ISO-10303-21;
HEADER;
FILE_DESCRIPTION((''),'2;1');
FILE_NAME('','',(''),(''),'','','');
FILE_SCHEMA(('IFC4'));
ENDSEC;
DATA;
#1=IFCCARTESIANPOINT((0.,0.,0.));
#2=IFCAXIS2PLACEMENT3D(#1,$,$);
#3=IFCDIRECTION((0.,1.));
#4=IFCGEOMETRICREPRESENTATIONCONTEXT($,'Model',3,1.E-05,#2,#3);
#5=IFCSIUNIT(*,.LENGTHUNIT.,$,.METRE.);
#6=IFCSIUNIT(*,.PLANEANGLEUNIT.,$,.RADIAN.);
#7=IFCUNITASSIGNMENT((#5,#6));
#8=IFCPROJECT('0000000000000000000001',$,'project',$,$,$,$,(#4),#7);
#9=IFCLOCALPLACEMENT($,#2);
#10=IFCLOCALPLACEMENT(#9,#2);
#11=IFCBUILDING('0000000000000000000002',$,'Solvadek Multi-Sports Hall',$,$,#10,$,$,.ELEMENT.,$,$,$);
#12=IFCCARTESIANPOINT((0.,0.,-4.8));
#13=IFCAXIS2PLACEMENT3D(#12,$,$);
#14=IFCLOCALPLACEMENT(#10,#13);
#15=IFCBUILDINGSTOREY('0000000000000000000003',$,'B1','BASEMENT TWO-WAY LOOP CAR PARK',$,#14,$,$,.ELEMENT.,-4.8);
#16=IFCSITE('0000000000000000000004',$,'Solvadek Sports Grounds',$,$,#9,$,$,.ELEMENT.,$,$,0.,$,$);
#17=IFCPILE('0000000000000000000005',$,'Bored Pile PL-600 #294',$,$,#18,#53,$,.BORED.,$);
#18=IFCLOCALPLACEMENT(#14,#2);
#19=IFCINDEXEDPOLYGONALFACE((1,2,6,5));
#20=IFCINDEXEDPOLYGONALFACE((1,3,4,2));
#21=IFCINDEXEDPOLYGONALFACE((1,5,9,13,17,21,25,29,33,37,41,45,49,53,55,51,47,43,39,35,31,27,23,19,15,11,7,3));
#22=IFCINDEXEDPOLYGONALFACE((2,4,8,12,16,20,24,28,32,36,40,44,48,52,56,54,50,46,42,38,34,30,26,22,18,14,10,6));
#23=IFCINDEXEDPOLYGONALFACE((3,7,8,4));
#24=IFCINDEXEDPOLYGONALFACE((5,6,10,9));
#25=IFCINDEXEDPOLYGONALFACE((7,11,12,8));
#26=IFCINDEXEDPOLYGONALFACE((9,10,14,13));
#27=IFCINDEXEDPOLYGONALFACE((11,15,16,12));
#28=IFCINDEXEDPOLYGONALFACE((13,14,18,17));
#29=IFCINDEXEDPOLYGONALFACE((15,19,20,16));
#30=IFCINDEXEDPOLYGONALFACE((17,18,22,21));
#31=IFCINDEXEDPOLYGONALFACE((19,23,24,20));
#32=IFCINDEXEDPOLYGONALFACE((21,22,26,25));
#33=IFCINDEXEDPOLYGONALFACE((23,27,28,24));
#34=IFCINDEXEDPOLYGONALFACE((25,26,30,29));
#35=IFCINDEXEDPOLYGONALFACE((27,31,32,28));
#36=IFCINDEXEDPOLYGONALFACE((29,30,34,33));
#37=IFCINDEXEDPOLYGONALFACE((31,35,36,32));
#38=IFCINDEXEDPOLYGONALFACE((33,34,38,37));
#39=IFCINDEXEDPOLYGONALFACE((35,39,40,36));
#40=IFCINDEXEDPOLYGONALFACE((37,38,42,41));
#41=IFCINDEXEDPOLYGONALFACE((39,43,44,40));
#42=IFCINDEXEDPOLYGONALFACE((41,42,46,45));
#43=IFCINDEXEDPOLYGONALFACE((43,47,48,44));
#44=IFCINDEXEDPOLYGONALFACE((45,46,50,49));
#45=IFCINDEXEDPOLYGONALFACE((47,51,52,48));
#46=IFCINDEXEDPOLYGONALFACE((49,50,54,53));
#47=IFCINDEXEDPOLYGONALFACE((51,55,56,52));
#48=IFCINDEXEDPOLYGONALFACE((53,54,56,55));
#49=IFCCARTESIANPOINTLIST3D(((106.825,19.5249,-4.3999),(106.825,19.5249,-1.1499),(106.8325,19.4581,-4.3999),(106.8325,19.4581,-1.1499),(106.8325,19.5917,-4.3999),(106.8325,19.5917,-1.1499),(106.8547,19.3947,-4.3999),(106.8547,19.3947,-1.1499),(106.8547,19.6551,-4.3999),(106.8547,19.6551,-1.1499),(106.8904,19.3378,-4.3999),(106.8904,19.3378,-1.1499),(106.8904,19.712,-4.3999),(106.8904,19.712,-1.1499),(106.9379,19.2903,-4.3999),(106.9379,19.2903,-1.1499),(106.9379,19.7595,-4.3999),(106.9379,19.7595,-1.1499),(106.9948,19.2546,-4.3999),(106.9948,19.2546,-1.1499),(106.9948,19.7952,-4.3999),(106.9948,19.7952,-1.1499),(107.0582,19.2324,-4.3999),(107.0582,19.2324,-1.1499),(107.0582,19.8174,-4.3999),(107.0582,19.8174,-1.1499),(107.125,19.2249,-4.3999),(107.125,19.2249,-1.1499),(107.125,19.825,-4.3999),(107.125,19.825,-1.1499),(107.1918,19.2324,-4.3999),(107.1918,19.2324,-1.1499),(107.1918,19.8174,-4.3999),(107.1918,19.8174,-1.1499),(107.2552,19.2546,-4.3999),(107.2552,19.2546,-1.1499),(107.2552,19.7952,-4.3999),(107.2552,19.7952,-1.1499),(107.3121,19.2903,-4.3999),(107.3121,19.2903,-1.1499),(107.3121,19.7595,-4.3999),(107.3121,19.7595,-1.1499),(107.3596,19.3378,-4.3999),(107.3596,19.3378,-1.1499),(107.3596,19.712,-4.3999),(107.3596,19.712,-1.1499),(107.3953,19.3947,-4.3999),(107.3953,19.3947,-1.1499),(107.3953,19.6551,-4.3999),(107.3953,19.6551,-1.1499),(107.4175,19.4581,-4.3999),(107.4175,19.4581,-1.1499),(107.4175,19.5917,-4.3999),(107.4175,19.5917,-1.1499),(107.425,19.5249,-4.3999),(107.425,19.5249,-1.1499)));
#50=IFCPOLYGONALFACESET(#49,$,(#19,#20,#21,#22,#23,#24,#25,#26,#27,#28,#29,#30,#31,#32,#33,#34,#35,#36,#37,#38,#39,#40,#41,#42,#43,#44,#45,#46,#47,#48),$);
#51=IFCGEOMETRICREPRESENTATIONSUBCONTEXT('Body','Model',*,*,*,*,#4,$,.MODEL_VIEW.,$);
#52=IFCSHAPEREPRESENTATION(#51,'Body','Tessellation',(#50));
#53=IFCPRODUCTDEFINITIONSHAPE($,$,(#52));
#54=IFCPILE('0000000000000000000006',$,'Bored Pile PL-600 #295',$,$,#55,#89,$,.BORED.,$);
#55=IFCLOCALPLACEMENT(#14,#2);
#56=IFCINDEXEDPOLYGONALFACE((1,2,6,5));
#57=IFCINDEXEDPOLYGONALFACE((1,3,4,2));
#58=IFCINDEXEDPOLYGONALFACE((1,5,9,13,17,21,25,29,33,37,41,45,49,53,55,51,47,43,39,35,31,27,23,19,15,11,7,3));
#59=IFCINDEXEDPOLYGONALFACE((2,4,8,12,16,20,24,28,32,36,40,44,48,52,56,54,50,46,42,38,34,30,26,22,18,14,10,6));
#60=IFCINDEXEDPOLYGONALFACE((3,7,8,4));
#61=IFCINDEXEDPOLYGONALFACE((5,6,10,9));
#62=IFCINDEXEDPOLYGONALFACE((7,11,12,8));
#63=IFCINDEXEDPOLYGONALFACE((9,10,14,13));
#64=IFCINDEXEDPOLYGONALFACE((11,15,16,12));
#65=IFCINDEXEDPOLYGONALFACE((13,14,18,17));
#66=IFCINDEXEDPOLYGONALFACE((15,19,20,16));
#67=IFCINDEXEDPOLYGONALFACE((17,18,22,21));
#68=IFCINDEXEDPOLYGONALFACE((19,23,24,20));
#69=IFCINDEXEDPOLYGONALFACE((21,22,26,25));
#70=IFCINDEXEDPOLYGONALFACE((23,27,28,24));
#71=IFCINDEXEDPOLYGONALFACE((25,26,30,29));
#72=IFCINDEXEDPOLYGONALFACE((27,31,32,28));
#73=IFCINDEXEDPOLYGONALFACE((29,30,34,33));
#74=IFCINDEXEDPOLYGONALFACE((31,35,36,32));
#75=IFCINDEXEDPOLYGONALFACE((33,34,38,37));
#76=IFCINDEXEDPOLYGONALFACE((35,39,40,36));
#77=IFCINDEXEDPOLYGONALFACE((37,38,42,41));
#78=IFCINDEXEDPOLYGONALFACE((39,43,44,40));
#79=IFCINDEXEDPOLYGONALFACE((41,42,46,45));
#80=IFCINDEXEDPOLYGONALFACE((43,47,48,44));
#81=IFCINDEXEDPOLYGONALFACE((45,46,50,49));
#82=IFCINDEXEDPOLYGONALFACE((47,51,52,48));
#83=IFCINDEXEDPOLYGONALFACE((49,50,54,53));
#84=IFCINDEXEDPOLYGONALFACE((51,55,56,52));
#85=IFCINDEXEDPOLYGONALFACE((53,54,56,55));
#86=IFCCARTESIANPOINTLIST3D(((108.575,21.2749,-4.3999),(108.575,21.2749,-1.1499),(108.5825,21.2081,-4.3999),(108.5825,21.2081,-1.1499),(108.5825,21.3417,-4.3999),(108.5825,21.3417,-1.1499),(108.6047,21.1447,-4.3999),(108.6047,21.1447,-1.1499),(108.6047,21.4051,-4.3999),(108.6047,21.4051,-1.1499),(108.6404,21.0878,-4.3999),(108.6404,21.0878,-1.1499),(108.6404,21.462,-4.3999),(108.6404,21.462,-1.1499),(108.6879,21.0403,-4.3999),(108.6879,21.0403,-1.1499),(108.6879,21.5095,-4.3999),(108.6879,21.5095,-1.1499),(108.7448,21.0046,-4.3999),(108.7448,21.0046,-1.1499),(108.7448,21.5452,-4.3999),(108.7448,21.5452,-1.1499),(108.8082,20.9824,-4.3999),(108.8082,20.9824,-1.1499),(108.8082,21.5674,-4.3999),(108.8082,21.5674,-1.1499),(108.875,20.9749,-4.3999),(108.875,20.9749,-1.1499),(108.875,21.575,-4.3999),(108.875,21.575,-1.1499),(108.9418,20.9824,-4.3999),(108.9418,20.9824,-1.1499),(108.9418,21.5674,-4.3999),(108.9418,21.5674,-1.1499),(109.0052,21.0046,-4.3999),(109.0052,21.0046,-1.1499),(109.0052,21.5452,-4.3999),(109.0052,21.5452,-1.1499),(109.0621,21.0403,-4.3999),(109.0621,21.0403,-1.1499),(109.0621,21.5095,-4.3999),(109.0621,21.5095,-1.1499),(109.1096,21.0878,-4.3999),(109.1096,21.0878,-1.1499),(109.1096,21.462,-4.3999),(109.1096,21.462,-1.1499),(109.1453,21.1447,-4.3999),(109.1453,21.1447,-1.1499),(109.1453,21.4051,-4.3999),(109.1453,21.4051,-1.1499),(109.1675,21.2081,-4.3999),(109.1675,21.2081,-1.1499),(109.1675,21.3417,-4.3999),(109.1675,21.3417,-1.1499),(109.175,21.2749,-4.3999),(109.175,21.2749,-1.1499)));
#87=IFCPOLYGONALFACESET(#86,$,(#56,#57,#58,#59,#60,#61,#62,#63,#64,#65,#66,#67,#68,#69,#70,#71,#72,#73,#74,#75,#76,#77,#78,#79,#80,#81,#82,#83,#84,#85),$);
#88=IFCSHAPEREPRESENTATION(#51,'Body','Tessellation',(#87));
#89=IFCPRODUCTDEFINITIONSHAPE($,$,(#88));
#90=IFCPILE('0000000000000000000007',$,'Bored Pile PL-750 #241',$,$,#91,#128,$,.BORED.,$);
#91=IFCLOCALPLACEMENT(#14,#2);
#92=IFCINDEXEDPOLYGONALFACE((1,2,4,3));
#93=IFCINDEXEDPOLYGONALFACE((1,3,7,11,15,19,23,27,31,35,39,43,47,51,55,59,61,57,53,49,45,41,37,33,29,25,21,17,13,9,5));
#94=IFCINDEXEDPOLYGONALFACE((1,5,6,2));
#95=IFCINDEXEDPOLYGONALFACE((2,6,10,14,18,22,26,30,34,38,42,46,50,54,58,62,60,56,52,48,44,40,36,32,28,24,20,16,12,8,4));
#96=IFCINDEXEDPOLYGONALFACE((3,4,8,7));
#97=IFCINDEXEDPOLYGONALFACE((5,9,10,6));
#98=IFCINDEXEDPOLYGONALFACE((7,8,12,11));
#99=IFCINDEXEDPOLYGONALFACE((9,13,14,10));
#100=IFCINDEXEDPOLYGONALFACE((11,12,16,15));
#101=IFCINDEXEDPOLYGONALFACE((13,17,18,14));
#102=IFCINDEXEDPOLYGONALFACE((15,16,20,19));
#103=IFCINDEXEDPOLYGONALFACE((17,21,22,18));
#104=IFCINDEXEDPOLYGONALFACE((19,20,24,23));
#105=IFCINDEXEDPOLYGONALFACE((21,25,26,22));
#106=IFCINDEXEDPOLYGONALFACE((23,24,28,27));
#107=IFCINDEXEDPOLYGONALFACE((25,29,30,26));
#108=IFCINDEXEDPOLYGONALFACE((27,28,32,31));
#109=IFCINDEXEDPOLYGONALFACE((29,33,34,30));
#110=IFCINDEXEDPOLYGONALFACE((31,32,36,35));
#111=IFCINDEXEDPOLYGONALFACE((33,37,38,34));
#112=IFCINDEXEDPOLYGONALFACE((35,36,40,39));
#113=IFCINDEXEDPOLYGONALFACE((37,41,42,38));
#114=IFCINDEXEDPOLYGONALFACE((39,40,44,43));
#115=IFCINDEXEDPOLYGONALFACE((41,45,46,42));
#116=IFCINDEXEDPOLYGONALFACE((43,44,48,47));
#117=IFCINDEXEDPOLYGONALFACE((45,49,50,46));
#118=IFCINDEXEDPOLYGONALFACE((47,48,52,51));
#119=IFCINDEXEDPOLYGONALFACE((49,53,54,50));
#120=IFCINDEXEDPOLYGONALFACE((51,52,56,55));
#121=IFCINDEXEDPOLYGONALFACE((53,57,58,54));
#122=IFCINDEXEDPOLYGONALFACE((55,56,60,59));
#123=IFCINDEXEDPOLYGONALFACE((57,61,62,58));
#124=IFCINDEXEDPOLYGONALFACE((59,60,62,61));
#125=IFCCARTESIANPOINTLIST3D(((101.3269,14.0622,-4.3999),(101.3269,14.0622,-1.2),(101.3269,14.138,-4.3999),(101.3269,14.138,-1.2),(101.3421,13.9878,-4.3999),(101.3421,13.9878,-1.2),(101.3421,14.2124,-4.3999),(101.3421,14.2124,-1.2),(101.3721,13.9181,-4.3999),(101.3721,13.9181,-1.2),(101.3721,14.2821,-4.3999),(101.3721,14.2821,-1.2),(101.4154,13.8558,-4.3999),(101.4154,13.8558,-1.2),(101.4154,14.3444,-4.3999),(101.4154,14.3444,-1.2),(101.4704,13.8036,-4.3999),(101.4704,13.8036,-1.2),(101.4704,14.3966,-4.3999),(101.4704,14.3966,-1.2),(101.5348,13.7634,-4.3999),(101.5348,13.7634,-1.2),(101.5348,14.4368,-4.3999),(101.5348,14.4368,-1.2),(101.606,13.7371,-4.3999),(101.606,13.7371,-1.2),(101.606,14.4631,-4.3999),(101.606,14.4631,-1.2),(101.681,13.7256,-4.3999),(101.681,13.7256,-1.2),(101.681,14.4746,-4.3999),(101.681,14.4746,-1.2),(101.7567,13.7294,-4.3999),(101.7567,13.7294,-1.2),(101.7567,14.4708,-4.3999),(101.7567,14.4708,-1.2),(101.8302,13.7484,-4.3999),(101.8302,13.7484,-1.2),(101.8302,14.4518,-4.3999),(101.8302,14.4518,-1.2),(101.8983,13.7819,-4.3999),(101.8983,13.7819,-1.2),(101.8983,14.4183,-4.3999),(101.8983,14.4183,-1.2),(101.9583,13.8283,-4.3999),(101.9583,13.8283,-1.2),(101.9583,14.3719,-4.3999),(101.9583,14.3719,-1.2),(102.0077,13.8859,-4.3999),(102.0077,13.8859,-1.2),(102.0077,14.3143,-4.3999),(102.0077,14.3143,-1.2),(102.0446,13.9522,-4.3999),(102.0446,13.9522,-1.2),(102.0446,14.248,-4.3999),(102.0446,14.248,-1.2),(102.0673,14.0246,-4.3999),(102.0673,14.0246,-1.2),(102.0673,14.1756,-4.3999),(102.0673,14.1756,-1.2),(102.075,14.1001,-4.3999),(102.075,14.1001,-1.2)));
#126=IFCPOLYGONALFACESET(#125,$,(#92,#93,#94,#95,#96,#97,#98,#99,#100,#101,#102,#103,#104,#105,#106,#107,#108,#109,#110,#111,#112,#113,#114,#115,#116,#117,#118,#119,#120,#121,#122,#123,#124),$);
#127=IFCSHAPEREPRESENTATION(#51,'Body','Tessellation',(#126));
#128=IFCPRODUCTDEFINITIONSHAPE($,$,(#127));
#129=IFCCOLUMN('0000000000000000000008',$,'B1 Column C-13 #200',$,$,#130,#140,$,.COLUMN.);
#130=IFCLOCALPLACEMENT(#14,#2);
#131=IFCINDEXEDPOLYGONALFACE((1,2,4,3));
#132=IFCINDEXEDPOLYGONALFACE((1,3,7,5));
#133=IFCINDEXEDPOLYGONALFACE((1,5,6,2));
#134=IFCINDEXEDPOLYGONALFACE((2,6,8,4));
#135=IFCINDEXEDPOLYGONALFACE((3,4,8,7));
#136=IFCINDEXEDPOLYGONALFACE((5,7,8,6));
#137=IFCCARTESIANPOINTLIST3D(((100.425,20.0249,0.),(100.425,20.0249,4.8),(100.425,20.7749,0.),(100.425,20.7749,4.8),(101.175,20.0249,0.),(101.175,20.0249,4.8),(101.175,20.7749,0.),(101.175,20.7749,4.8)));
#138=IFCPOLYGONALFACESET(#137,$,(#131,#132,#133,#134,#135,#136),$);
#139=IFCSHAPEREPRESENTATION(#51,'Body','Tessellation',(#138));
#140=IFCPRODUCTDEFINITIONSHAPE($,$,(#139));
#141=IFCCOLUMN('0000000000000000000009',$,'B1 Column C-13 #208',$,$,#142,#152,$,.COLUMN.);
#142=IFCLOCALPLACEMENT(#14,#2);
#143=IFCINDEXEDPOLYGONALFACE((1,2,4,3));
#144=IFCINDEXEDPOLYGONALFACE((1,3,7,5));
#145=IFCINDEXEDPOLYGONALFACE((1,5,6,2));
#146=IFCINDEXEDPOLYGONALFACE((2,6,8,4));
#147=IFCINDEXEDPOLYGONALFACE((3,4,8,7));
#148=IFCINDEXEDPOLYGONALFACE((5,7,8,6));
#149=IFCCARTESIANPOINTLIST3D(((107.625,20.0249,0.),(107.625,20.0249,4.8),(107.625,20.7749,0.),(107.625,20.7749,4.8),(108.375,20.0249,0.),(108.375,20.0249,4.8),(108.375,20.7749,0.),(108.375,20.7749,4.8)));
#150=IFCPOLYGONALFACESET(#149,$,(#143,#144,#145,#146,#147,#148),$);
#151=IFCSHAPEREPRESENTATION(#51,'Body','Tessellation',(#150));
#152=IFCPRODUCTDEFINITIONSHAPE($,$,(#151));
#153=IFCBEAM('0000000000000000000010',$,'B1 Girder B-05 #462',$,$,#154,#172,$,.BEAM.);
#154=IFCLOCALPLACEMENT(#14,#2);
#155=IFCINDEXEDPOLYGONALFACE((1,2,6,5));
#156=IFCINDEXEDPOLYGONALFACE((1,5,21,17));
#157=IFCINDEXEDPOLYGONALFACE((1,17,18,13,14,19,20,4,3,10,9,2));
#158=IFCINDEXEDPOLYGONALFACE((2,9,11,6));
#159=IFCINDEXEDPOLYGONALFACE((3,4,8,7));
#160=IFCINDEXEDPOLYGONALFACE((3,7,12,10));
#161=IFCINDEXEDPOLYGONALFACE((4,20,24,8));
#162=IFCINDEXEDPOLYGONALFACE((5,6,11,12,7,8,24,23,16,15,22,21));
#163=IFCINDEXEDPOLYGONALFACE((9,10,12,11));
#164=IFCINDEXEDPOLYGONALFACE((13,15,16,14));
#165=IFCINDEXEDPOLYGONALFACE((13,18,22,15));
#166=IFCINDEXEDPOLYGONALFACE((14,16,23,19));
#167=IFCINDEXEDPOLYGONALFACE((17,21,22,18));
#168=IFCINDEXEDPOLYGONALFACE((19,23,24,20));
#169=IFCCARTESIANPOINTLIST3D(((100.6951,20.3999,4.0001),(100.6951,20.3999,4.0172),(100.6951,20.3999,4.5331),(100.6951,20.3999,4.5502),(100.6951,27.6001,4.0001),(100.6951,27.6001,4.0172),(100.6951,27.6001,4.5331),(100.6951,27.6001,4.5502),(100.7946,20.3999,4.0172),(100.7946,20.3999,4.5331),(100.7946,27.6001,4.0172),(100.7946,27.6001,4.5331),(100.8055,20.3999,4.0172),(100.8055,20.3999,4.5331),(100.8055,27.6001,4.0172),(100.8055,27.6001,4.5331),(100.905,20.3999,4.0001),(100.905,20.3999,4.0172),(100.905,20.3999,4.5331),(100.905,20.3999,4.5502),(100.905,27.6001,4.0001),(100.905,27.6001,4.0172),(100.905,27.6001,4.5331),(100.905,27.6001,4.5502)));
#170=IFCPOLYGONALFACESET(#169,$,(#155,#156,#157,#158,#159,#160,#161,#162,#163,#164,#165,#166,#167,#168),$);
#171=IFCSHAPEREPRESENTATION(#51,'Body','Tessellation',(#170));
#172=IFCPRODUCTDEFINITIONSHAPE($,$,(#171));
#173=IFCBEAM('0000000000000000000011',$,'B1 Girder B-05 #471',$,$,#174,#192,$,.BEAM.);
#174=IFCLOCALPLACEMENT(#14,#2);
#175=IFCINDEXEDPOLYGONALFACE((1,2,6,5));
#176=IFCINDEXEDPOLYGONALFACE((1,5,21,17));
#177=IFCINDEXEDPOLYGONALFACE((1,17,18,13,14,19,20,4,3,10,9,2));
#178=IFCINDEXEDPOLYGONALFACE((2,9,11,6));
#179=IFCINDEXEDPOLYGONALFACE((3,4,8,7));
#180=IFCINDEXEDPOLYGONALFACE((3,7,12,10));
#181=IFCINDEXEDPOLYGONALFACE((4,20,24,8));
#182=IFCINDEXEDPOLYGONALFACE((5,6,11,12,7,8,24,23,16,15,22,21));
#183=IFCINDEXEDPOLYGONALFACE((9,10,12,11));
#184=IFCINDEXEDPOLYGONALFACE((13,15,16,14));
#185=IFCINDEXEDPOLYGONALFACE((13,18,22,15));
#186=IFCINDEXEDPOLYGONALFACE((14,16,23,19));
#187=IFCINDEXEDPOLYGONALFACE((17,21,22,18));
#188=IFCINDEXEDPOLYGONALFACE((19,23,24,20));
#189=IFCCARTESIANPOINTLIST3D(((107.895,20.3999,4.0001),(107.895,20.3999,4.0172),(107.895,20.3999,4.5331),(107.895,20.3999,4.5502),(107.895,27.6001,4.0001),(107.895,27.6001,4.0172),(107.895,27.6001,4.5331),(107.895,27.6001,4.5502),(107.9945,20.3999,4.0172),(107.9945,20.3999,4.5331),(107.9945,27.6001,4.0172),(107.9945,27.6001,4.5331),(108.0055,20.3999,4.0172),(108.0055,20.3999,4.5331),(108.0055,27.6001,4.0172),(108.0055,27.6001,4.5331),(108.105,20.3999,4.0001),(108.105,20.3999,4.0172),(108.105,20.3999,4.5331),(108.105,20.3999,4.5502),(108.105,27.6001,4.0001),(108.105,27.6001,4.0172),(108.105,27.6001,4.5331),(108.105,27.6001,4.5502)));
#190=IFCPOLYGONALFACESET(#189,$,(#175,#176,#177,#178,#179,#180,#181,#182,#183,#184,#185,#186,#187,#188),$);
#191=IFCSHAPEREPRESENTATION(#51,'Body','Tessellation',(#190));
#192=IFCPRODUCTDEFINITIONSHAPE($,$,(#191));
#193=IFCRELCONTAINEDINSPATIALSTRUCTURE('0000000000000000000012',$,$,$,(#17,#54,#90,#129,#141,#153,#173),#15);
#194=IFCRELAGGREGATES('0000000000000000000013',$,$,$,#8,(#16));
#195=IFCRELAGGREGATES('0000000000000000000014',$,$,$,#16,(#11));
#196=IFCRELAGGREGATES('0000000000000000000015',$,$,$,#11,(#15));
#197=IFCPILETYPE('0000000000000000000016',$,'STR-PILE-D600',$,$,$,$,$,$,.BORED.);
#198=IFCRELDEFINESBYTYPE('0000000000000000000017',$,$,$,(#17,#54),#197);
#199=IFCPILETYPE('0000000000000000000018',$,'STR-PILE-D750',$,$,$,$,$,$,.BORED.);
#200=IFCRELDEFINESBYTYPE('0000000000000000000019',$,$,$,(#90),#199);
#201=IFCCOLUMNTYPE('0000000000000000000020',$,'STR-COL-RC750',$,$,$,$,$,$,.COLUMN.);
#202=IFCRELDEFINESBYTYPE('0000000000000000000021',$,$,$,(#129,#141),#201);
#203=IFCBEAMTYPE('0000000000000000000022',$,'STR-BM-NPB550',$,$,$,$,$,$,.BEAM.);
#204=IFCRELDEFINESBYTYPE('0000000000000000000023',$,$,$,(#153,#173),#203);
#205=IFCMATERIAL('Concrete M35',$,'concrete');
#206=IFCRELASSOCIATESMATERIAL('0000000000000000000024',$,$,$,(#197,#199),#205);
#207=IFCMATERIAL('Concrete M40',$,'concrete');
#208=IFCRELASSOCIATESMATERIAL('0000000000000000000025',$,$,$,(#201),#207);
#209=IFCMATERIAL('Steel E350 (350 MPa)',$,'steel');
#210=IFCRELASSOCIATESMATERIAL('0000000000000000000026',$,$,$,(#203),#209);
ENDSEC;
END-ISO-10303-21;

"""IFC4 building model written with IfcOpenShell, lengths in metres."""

from ifc_helpers import new_model, si_unit, direction, frame, origin, origin_2d, place, context, subcontext, project, spatial, rectangle, circle, i_section, extrude, material, material_profile, profile_set, type_object, element, save


model = new_model("IFC4")

# Units and contexts
model_context = context("Model", 3, precision=1e-05, world=origin(), true_north=direction((0.0, 1.0)))
body_context = subcontext(model_context, "Body", "Model", "MODEL_VIEW")
ifc_project = project(units=[si_unit("LENGTHUNIT", "METRE"), si_unit("PLANEANGLEUNIT", "RADIAN")], contexts=[model_context])

# Site, building, storey
site_placement = place(None, origin())
site = spatial("IfcSite", under=ifc_project, at=site_placement, Name="Solvadek Sports Grounds", CompositionType="ELEMENT", RefElevation=0.0)
building_placement = place(site_placement, origin())
building = spatial("IfcBuilding", under=site, at=building_placement, Name="Solvadek Multi-Sports Hall", CompositionType="ELEMENT")
storey_placement = place(building_placement, frame((0.0, 0.0, -4.8)))
storey = spatial("IfcBuildingStorey", under=building, at=storey_placement, Name="B1", Description="BASEMENT TWO-WAY LOOP CAR PARK", CompositionType="ELEMENT", Elevation=-4.8)

# Shared definitions
ifc_material_1 = material(Name="Concrete M40", Category="concrete")

# Piles
ifc_material_2 = material(Name="Concrete M35", Category="concrete")
ifc_material_profile_1 = material_profile(ifc_material_2, circle(Radius=0.3, at=origin_2d()), Name="BORED PILE D600")
ifc_profile_set_1 = profile_set([ifc_material_profile_1], Name="Concrete M35")
pile_type_1 = type_object("IfcPileType", Name="STR-PILE-D600", PredefinedType="BORED", material=ifc_profile_set_1)
for number, where, z_axis, x_axis, name in (
    (1, (107.125, 19.5249, -1.1499), (0.0, 0.0, -1.0), (1.0, 0.0, 0.0), "Bored Pile PL-600 #294"),
    (2, (108.875, 21.2749, -1.1499), (0.0, 0.0, -1.0), (1.0, 0.0, 0.0), "Bored Pile PL-600 #295"),
):
    element("IfcPile", number, at=place(storey_placement, frame(where, z_axis=z_axis, x_axis=x_axis)), inside=storey, type_object=pile_type_1, Name=name, PredefinedType="BORED", context=body_context, shape_type="SweptSolid", body=[
        extrude(circle(Radius=0.3, at=origin_2d()), origin(), (0.0, 0.0, 1.0), 3.25),
    ])
ifc_material_profile_2 = material_profile(ifc_material_2, circle(Radius=0.375, at=origin_2d()), Name="BORED PILE D750")
ifc_profile_set_2 = profile_set([ifc_material_profile_2], Name="Concrete M35")
pile_type_2 = type_object("IfcPileType", Name="STR-PILE-D750", PredefinedType="BORED", material=ifc_profile_set_2)
pile_placement = place(storey_placement, frame((101.7, 14.1001, -1.2), z_axis=(0.0, 0.0, -1.0), x_axis=(1.0, 0.0, 0.0)))
element("IfcPile", 3, at=pile_placement, inside=storey, type_object=pile_type_2, Name="Bored Pile PL-750 #241", PredefinedType="BORED", context=body_context, shape_type="SweptSolid", body=[
    extrude(circle(Radius=0.375, at=origin_2d()), origin(), (0.0, 0.0, 1.0), 3.2),
])

# Columns
ifc_material_profile_3 = material_profile(ifc_material_1, rectangle(XDim=0.75, YDim=0.75, at=origin_2d()), Name="RC 750x750")
ifc_profile_set_3 = profile_set([ifc_material_profile_3], Name="Concrete M40")
column_type = type_object("IfcColumnType", Name="STR-COL-RC750", PredefinedType="COLUMN", material=ifc_profile_set_3)
for number, where, z_axis, x_axis, name in (
    (4, (100.8, 20.3999, 0.0), (0.0, 0.0, 1.0), (1.0, 0.0, 0.0), "B1 Column C-13 #200"),
    (5, (108.0, 20.3999, 0.0), (0.0, 0.0, 1.0), (1.0, 0.0, 0.0), "B1 Column C-13 #208"),
):
    element("IfcColumn", number, at=place(storey_placement, frame(where, z_axis=z_axis, x_axis=x_axis)), inside=storey, type_object=column_type, Name=name, PredefinedType="COLUMN", context=body_context, shape_type="SweptSolid", body=[
        extrude(rectangle(XDim=0.75, YDim=0.75, at=origin_2d()), origin(), (0.0, 0.0, 1.0), 4.8),
    ])

# Beams
ifc_material_3 = material(Name="Steel E350 (350 MPa)", Category="steel")
ifc_material_profile_4 = material_profile(ifc_material_3, i_section(OverallWidth=0.21, OverallDepth=0.55, WebThickness=0.011, FlangeThickness=0.0171, at=origin_2d()), Name="NPB 550")
ifc_profile_set_4 = profile_set([ifc_material_profile_4], Name="Steel E350 (350 MPa)")
beam_type_1 = type_object("IfcBeamType", Name="STR-BM-NPB550", PredefinedType="BEAM", material=ifc_profile_set_4)
for number, where, z_axis, x_axis, name in (
    (6, (100.8, 20.3999, 4.2751), (0.0, 1.0, 0.0), (-1.0, 0.0, 0.0), "B1 Girder B-05 #462"),
    (7, (108.0, 20.3999, 4.2751), (0.0, 1.0, 0.0), (-1.0, 0.0, 0.0), "B1 Girder B-05 #471"),
):
    element("IfcBeam", number, at=place(storey_placement, frame(where, z_axis=z_axis, x_axis=x_axis)), inside=storey, type_object=beam_type_1, Name=name, PredefinedType="BEAM", context=body_context, shape_type="SweptSolid", body=[
        extrude(i_section(OverallWidth=0.21, OverallDepth=0.55, WebThickness=0.011, FlangeThickness=0.0171, at=origin_2d()), origin(), (0.0, 0.0, 1.0), 7.2002),
    ])

save(model, "model.ifc")
